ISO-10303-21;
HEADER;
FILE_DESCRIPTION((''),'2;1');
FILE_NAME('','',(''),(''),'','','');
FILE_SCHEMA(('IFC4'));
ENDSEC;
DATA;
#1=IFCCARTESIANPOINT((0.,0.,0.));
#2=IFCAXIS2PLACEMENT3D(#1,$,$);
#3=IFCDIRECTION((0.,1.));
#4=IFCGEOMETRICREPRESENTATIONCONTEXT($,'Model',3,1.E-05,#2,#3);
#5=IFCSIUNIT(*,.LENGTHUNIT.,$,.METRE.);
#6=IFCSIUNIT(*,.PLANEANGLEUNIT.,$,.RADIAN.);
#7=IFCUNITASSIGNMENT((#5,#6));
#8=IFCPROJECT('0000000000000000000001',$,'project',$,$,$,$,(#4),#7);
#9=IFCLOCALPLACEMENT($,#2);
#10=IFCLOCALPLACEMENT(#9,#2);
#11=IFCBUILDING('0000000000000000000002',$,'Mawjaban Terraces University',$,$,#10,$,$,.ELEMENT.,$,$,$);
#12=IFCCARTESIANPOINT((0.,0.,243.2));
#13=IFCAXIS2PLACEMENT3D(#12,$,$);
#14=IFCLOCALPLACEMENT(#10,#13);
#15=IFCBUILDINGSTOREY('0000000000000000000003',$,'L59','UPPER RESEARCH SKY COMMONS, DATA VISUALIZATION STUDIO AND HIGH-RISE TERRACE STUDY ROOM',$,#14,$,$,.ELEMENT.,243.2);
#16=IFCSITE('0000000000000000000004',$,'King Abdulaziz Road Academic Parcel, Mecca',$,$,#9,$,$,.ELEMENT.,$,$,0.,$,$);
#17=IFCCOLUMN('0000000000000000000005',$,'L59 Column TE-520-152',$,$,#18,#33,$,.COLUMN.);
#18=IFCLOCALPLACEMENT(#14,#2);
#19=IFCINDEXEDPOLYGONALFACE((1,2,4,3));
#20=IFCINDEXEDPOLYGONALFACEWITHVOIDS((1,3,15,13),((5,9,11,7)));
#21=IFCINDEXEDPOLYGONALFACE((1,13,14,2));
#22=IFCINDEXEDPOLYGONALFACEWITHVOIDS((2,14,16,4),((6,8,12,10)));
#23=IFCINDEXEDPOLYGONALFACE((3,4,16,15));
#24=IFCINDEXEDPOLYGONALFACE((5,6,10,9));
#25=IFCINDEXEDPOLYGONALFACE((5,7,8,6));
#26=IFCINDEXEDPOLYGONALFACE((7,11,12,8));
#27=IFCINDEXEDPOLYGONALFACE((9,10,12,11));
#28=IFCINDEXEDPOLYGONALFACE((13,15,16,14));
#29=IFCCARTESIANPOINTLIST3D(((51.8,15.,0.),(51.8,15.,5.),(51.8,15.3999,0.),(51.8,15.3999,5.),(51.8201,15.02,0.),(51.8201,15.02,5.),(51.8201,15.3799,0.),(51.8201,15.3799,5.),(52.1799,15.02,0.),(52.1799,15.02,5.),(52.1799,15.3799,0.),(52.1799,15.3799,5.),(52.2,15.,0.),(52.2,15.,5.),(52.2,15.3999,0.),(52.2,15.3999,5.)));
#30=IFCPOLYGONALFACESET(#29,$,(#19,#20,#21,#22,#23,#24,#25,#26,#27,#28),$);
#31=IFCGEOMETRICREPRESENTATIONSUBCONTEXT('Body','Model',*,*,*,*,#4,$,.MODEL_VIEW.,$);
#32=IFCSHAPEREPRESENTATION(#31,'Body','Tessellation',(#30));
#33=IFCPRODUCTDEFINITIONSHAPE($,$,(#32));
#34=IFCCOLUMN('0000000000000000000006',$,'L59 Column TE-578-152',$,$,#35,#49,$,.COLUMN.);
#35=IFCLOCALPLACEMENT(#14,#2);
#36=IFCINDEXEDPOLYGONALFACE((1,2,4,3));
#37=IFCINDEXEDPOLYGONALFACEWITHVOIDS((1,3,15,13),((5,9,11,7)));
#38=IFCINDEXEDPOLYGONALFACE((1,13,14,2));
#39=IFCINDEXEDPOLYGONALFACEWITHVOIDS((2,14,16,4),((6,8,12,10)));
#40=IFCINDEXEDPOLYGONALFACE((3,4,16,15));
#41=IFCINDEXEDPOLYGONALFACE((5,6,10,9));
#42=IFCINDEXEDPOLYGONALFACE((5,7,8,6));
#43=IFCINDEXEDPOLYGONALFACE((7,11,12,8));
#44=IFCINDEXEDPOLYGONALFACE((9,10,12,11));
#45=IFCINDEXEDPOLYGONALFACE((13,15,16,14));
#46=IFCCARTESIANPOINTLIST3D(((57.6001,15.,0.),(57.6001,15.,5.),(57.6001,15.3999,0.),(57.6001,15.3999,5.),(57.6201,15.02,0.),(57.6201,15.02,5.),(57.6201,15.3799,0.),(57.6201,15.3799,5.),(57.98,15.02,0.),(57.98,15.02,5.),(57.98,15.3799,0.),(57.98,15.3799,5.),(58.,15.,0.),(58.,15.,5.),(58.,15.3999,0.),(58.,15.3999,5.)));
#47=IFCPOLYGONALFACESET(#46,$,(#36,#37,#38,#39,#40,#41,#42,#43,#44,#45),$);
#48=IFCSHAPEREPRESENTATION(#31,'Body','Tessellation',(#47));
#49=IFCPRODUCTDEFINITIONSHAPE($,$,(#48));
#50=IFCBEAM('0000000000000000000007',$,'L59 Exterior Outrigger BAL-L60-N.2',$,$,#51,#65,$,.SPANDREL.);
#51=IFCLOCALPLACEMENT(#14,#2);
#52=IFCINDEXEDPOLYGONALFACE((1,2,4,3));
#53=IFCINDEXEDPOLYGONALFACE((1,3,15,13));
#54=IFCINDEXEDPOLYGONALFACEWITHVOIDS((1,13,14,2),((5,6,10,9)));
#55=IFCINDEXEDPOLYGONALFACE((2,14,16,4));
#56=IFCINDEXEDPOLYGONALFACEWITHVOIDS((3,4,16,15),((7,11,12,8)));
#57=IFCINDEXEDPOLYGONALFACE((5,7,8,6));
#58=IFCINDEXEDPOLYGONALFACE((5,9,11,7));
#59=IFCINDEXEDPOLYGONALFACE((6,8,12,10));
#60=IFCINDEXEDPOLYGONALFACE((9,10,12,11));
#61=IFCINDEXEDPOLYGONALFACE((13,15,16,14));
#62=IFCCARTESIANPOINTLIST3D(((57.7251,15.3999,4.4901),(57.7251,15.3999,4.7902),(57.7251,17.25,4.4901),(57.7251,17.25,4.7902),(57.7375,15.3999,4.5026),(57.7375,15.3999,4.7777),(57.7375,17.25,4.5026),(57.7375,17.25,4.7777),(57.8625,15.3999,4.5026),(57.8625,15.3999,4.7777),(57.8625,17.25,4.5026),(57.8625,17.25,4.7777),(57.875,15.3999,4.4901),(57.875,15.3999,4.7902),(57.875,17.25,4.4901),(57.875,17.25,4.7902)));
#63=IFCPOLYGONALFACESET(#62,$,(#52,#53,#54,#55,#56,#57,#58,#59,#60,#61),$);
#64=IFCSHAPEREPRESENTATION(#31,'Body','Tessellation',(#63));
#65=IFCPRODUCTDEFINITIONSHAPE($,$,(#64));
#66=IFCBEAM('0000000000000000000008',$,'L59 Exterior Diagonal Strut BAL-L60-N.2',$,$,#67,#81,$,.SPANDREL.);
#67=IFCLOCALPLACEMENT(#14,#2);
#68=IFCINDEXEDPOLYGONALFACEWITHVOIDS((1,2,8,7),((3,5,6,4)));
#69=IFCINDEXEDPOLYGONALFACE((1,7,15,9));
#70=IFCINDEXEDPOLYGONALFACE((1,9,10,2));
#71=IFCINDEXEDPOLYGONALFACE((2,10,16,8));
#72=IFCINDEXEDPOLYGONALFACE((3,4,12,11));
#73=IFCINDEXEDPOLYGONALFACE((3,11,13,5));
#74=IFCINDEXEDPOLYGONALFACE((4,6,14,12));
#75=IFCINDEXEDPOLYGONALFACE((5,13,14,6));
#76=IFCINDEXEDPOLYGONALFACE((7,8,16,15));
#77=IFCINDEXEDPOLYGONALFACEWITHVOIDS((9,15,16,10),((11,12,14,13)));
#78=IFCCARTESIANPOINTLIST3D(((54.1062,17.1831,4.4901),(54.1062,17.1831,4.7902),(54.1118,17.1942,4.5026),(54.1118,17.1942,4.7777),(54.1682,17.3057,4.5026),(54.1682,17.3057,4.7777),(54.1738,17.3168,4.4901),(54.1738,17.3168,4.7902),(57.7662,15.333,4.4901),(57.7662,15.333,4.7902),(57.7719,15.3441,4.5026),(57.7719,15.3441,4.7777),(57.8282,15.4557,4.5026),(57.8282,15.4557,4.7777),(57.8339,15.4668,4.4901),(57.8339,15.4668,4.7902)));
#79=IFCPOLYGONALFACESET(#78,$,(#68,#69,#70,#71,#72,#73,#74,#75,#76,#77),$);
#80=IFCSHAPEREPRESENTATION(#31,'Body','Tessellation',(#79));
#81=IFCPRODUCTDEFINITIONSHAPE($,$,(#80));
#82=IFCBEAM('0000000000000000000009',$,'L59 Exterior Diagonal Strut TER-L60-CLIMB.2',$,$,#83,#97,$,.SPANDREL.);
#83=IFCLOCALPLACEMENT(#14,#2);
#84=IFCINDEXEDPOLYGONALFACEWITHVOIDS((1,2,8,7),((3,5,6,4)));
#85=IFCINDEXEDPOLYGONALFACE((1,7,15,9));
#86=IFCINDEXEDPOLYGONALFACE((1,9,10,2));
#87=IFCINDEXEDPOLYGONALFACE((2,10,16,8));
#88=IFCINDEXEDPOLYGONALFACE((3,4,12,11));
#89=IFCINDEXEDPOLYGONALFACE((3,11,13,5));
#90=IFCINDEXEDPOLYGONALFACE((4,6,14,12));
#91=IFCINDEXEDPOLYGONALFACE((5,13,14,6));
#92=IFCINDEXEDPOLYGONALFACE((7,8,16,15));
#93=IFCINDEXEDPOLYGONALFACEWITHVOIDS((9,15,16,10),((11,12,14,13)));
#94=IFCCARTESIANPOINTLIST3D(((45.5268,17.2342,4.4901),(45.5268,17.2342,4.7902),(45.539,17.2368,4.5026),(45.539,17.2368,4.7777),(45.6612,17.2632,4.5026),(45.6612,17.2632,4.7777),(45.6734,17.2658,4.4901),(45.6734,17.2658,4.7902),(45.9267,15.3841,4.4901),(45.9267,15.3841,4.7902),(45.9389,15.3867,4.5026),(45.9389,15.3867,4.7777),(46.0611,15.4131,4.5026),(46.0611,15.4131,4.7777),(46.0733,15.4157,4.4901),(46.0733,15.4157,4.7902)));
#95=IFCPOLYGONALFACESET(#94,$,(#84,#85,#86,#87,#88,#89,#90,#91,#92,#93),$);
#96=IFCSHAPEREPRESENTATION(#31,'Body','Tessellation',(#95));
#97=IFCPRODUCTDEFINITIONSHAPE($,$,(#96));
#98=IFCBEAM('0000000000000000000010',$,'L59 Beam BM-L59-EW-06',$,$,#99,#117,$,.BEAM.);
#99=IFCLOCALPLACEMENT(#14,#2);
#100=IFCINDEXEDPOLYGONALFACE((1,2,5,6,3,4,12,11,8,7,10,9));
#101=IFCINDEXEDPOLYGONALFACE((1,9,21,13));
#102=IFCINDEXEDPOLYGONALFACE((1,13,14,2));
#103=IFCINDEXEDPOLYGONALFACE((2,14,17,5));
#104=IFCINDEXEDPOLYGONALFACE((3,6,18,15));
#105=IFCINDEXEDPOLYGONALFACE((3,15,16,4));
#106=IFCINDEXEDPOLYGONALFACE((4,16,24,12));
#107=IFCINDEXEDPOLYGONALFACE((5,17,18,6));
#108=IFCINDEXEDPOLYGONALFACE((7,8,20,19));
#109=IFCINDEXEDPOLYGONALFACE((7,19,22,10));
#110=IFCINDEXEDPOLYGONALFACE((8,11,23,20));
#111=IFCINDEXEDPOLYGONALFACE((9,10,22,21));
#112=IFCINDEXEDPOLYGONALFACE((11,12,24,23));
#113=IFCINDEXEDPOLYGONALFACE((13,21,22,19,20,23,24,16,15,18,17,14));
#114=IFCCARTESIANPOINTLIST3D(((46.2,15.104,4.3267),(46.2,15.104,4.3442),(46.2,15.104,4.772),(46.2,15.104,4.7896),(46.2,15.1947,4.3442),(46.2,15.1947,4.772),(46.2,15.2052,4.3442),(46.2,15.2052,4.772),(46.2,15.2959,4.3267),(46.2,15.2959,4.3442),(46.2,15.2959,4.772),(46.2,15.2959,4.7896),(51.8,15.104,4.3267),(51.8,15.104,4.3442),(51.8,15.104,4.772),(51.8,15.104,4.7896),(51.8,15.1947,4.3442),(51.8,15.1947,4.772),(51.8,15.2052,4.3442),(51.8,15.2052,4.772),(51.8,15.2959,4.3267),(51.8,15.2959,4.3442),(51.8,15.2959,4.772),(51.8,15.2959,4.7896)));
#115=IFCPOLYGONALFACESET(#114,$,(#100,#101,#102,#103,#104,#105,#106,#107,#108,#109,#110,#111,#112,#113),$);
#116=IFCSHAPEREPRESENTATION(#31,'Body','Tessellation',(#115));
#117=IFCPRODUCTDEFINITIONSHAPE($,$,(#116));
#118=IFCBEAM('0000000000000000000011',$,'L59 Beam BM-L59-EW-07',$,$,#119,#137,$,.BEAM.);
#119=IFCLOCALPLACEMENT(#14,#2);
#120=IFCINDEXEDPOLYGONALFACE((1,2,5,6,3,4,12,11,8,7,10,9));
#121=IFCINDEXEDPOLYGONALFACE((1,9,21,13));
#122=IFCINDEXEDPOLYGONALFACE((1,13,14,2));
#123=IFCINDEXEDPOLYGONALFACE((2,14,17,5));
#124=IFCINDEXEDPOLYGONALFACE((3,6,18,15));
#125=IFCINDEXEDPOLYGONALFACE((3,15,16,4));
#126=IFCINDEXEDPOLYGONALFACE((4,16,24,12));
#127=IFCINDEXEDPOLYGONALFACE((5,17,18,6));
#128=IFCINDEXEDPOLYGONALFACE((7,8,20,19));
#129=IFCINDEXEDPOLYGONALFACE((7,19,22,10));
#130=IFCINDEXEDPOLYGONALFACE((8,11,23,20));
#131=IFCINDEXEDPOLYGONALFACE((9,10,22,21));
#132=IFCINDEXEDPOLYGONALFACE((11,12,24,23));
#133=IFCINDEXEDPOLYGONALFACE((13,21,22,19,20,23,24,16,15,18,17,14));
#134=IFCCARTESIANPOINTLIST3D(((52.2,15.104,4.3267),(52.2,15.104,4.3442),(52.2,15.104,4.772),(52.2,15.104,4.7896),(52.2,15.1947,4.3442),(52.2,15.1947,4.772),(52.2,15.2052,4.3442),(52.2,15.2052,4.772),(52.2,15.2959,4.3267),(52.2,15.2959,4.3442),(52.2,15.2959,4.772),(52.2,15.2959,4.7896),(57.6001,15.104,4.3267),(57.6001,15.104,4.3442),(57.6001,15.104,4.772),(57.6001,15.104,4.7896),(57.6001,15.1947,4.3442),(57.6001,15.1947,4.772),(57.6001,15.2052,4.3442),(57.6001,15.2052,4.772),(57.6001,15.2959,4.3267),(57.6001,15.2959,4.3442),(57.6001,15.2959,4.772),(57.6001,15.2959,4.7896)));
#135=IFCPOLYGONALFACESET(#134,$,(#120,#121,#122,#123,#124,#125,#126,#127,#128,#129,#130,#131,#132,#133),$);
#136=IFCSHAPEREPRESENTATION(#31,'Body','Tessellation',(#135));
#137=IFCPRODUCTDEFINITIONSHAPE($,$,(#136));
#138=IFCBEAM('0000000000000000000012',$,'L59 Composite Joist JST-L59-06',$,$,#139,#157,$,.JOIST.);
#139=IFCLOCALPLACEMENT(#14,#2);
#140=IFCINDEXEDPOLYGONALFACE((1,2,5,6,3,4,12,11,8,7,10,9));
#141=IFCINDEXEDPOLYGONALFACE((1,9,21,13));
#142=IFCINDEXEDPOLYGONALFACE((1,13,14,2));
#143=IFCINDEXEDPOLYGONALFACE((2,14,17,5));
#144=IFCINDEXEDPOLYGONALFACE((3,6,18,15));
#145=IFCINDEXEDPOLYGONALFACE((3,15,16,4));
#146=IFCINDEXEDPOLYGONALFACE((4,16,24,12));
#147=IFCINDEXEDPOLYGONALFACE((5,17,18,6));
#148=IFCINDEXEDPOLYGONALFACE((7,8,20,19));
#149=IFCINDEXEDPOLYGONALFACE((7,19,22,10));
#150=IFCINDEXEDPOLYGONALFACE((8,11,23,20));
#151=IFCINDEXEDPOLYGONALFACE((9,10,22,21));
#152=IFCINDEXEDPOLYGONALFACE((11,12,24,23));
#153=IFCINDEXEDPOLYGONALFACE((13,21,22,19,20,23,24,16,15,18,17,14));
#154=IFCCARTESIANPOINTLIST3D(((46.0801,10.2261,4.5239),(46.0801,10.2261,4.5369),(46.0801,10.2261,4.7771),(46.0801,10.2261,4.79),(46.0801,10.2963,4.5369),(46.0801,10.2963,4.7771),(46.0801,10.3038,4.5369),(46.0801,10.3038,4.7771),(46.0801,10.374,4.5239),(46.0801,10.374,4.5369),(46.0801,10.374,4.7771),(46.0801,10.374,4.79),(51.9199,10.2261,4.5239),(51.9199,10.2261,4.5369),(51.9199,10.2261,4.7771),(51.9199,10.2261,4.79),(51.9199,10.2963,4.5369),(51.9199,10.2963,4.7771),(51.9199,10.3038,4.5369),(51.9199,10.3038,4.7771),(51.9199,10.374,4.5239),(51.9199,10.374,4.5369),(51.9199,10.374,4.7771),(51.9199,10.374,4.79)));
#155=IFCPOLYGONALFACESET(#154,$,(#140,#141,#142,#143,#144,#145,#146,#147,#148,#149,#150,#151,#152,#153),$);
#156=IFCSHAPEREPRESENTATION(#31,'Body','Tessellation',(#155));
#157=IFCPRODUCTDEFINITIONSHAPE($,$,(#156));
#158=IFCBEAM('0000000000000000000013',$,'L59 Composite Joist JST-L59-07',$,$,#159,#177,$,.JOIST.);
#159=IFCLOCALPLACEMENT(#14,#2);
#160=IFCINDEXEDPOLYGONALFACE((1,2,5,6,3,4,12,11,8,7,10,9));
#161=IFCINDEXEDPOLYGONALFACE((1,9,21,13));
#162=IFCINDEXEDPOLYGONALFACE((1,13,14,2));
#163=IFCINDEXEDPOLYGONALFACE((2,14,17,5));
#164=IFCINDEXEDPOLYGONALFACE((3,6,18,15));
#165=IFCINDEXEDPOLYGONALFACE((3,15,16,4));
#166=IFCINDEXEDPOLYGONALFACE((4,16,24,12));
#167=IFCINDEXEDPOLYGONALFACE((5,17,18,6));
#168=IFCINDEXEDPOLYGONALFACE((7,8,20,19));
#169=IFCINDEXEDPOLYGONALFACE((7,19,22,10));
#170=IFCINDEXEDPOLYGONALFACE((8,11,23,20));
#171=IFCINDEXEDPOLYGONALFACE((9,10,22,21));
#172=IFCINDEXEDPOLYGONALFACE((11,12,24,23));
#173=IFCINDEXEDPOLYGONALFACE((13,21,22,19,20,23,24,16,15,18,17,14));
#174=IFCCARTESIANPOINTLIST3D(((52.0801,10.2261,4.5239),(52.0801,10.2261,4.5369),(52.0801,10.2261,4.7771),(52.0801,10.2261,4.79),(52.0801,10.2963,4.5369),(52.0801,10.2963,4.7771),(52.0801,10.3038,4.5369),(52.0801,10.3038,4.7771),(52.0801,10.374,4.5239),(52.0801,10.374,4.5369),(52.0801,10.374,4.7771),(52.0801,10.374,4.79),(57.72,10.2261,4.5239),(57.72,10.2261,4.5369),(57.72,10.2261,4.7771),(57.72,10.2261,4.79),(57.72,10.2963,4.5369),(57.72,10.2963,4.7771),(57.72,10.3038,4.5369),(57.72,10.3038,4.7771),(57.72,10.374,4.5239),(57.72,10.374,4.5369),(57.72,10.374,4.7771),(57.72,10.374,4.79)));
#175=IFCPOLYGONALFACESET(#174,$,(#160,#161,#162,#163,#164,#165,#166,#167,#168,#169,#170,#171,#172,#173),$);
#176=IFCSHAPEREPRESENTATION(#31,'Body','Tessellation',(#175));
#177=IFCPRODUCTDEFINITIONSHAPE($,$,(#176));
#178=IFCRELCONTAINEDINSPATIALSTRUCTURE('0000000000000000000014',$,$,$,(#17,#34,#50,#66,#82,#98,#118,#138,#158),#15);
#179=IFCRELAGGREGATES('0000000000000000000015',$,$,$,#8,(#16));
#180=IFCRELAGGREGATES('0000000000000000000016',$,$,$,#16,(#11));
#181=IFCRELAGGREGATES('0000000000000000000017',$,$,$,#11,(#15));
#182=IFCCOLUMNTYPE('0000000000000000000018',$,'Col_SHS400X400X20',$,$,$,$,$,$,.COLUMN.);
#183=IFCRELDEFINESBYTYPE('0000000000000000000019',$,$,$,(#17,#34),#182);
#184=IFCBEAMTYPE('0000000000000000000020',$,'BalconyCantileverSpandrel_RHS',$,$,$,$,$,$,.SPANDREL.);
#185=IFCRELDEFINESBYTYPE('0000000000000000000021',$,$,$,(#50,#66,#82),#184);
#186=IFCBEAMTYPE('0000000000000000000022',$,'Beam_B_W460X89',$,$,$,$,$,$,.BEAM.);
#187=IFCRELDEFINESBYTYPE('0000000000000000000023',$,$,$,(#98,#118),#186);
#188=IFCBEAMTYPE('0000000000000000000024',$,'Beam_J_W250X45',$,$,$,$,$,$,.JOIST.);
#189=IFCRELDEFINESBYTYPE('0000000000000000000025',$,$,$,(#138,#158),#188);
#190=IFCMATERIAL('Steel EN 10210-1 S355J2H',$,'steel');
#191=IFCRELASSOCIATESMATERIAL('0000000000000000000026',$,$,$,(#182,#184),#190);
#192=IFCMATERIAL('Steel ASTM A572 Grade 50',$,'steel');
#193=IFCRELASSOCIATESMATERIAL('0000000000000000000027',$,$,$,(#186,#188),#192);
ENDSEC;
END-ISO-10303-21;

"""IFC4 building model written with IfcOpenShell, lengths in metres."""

from ifc_helpers import new_model, si_unit, direction, frame, origin, origin_2d, place, context, subcontext, project, spatial, hollow_rectangle, i_section, extrude, material, material_profile, profile_set, type_object, element, save


model = new_model("IFC4")

# Units and contexts
model_context = context("Model", 3, precision=1e-05, world=origin(), true_north=direction((0.0, 1.0)))
body_context = subcontext(model_context, "Body", "Model", "MODEL_VIEW")
ifc_project = project(units=[si_unit("LENGTHUNIT", "METRE"), si_unit("PLANEANGLEUNIT", "RADIAN")], contexts=[model_context])

# Site, building, storey
site_placement = place(None, origin())
site = spatial("IfcSite", under=ifc_project, at=site_placement, Name="King Abdulaziz Road Academic Parcel, Mecca", CompositionType="ELEMENT", RefElevation=0.0)
building_placement = place(site_placement, origin())
building = spatial("IfcBuilding", under=site, at=building_placement, Name="Mawjaban Terraces University", CompositionType="ELEMENT")
storey_placement = place(building_placement, frame((0.0, 0.0, 243.2)))
storey = spatial("IfcBuildingStorey", under=building, at=storey_placement, Name="L59", Description="UPPER RESEARCH SKY COMMONS, DATA VISUALIZATION STUDIO AND HIGH-RISE TERRACE STUDY ROOM", CompositionType="ELEMENT", Elevation=243.2)

# Columns
ifc_material_1 = material(Name="Steel EN 10210-1 S355J2H", Category="steel")
ifc_material_profile_1 = material_profile(ifc_material_1, hollow_rectangle(XDim=0.3999, YDim=0.3999, WallThickness=0.02, at=origin_2d()), Name="SHS400X400X20")
ifc_profile_set_1 = profile_set([ifc_material_profile_1], Name="Steel EN 10210-1 S355J2H")
column_type = type_object("IfcColumnType", Name="Col_SHS400X400X20", PredefinedType="COLUMN", material=ifc_profile_set_1)
for number, where, z_axis, x_axis, name in (
    (1, (52.0, 15.2, 0.0), (0.0, 0.0, 1.0), (1.0, 0.0, 0.0), "L59 Column TE-520-152"),
    (2, (57.8, 15.2, 0.0), (0.0, 0.0, 1.0), (1.0, 0.0, 0.0), "L59 Column TE-578-152"),
):
    element("IfcColumn", number, at=place(storey_placement, frame(where, z_axis=z_axis, x_axis=x_axis)), inside=storey, type_object=column_type, Name=name, PredefinedType="COLUMN", context=body_context, shape_type="SweptSolid", body=[
        extrude(hollow_rectangle(XDim=0.3999, YDim=0.3999, WallThickness=0.02, at=origin_2d()), origin(), (0.0, 0.0, 1.0), 5.0),
    ])

# Beams
ifc_material_profile_2 = material_profile(ifc_material_1, hollow_rectangle(XDim=0.1499, YDim=0.3, WallThickness=0.0125, at=origin_2d()), Name="RHS300X150X12.5")
ifc_profile_set_2 = profile_set([ifc_material_profile_2], Name="Steel EN 10210-1 S355J2H")
beam_type_1 = type_object("IfcBeamType", Name="BalconyCantileverSpandrel_RHS", PredefinedType="SPANDREL", material=ifc_profile_set_2)
beam_1_placement = place(storey_placement, frame((57.8, 15.3999, 4.6401), z_axis=(0.0, 1.0, 0.0), x_axis=(-1.0, 0.0, 0.0)))
element("IfcBeam", 3, at=beam_1_placement, inside=storey, type_object=beam_type_1, Name="L59 Exterior Outrigger BAL-L60-N.2", PredefinedType="SPANDREL", context=body_context, shape_type="SweptSolid", body=[
    extrude(hollow_rectangle(XDim=0.1499, YDim=0.3, WallThickness=0.0125, at=origin_2d()), origin(), (0.0, 0.0, 1.0), 1.8501),
])
beam_2_placement = place(storey_placement, frame((57.8, 15.3999, 4.6401), z_axis=(-0.892466, 0.451114, 0.0), x_axis=(-0.451114, -0.892466, 0.0)))
element("IfcBeam", 4, at=beam_2_placement, inside=storey, type_object=beam_type_1, Name="L59 Exterior Diagonal Strut BAL-L60-N.2", PredefinedType="SPANDREL", context=body_context, shape_type="SweptSolid", body=[
    extrude(hollow_rectangle(XDim=0.1499, YDim=0.3, WallThickness=0.0125, at=origin_2d()), origin(), (0.0, 0.0, 1.0), 4.1011),
])
beam_3_placement = place(storey_placement, frame((46.0, 15.3999, 4.6401), z_axis=(-0.211273, 0.977427, 0.0), x_axis=(-0.977427, -0.211273, 0.0)))
element("IfcBeam", 5, at=beam_3_placement, inside=storey, type_object=beam_type_1, Name="L59 Exterior Diagonal Strut TER-L60-CLIMB.2", PredefinedType="SPANDREL", context=body_context, shape_type="SweptSolid", body=[
    extrude(hollow_rectangle(XDim=0.1499, YDim=0.3, WallThickness=0.0125, at=origin_2d()), origin(), (0.0, 0.0, 1.0), 1.8928),
])
ifc_material_2 = material(Name="Steel ASTM A572 Grade 50", Category="steel")
ifc_material_profile_3 = material_profile(ifc_material_2, i_section(OverallWidth=0.1919, OverallDepth=0.4629, WebThickness=0.0105, FlangeThickness=0.0176, at=origin_2d()), Name="W460X89")
ifc_profile_set_3 = profile_set([ifc_material_profile_3], Name="Steel ASTM A572 Grade 50")
beam_type_2 = type_object("IfcBeamType", Name="Beam_B_W460X89", PredefinedType="BEAM", material=ifc_profile_set_3)
beam_4_placement = place(storey_placement, frame((46.2, 15.2, 4.5581), z_axis=(1.0, 0.0, 0.0), x_axis=(0.0, 1.0, 0.0)))
element("IfcBeam", 6, at=beam_4_placement, inside=storey, type_object=beam_type_2, Name="L59 Beam BM-L59-EW-06", PredefinedType="BEAM", context=body_context, shape_type="SweptSolid", body=[
    extrude(i_section(OverallWidth=0.1919, OverallDepth=0.4629, WebThickness=0.0105, FlangeThickness=0.0176, at=origin_2d()), origin(), (0.0, 0.0, 1.0), 5.6001),
])
beam_5_placement = place(storey_placement, frame((52.2, 15.2, 4.5581), z_axis=(1.0, 0.0, 0.0), x_axis=(0.0, 1.0, 0.0)))
element("IfcBeam", 7, at=beam_5_placement, inside=storey, type_object=beam_type_2, Name="L59 Beam BM-L59-EW-07", PredefinedType="BEAM", context=body_context, shape_type="SweptSolid", body=[
    extrude(i_section(OverallWidth=0.1919, OverallDepth=0.4629, WebThickness=0.0105, FlangeThickness=0.0176, at=origin_2d()), origin(), (0.0, 0.0, 1.0), 5.4001),
])
ifc_material_profile_4 = material_profile(ifc_material_2, i_section(OverallWidth=0.1479, OverallDepth=0.2661, WebThickness=0.0076, FlangeThickness=0.0129, at=origin_2d()), Name="W250X45")
ifc_profile_set_4 = profile_set([ifc_material_profile_4], Name="Steel ASTM A572 Grade 50")
beam_type_3 = type_object("IfcBeamType", Name="Beam_J_W250X45", PredefinedType="JOIST", material=ifc_profile_set_4)
beam_6_placement = place(storey_placement, frame((46.0801, 10.3, 4.657), z_axis=(1.0, 0.0, 0.0), x_axis=(0.0, 1.0, 0.0)))
element("IfcBeam", 8, at=beam_6_placement, inside=storey, type_object=beam_type_3, Name="L59 Composite Joist JST-L59-06", PredefinedType="JOIST", context=body_context, shape_type="SweptSolid", body=[
    extrude(i_section(OverallWidth=0.1479, OverallDepth=0.2661, WebThickness=0.0076, FlangeThickness=0.0129, at=origin_2d()), origin(), (0.0, 0.0, 1.0), 5.8398),
])
beam_7_placement = place(storey_placement, frame((52.0801, 10.3, 4.657), z_axis=(1.0, 0.0, 0.0), x_axis=(0.0, 1.0, 0.0)))
element("IfcBeam", 9, at=beam_7_placement, inside=storey, type_object=beam_type_3, Name="L59 Composite Joist JST-L59-07", PredefinedType="JOIST", context=body_context, shape_type="SweptSolid", body=[
    extrude(i_section(OverallWidth=0.1479, OverallDepth=0.2661, WebThickness=0.0076, FlangeThickness=0.0129, at=origin_2d()), origin(), (0.0, 0.0, 1.0), 5.6399),
])

save(model, "model.ifc")
